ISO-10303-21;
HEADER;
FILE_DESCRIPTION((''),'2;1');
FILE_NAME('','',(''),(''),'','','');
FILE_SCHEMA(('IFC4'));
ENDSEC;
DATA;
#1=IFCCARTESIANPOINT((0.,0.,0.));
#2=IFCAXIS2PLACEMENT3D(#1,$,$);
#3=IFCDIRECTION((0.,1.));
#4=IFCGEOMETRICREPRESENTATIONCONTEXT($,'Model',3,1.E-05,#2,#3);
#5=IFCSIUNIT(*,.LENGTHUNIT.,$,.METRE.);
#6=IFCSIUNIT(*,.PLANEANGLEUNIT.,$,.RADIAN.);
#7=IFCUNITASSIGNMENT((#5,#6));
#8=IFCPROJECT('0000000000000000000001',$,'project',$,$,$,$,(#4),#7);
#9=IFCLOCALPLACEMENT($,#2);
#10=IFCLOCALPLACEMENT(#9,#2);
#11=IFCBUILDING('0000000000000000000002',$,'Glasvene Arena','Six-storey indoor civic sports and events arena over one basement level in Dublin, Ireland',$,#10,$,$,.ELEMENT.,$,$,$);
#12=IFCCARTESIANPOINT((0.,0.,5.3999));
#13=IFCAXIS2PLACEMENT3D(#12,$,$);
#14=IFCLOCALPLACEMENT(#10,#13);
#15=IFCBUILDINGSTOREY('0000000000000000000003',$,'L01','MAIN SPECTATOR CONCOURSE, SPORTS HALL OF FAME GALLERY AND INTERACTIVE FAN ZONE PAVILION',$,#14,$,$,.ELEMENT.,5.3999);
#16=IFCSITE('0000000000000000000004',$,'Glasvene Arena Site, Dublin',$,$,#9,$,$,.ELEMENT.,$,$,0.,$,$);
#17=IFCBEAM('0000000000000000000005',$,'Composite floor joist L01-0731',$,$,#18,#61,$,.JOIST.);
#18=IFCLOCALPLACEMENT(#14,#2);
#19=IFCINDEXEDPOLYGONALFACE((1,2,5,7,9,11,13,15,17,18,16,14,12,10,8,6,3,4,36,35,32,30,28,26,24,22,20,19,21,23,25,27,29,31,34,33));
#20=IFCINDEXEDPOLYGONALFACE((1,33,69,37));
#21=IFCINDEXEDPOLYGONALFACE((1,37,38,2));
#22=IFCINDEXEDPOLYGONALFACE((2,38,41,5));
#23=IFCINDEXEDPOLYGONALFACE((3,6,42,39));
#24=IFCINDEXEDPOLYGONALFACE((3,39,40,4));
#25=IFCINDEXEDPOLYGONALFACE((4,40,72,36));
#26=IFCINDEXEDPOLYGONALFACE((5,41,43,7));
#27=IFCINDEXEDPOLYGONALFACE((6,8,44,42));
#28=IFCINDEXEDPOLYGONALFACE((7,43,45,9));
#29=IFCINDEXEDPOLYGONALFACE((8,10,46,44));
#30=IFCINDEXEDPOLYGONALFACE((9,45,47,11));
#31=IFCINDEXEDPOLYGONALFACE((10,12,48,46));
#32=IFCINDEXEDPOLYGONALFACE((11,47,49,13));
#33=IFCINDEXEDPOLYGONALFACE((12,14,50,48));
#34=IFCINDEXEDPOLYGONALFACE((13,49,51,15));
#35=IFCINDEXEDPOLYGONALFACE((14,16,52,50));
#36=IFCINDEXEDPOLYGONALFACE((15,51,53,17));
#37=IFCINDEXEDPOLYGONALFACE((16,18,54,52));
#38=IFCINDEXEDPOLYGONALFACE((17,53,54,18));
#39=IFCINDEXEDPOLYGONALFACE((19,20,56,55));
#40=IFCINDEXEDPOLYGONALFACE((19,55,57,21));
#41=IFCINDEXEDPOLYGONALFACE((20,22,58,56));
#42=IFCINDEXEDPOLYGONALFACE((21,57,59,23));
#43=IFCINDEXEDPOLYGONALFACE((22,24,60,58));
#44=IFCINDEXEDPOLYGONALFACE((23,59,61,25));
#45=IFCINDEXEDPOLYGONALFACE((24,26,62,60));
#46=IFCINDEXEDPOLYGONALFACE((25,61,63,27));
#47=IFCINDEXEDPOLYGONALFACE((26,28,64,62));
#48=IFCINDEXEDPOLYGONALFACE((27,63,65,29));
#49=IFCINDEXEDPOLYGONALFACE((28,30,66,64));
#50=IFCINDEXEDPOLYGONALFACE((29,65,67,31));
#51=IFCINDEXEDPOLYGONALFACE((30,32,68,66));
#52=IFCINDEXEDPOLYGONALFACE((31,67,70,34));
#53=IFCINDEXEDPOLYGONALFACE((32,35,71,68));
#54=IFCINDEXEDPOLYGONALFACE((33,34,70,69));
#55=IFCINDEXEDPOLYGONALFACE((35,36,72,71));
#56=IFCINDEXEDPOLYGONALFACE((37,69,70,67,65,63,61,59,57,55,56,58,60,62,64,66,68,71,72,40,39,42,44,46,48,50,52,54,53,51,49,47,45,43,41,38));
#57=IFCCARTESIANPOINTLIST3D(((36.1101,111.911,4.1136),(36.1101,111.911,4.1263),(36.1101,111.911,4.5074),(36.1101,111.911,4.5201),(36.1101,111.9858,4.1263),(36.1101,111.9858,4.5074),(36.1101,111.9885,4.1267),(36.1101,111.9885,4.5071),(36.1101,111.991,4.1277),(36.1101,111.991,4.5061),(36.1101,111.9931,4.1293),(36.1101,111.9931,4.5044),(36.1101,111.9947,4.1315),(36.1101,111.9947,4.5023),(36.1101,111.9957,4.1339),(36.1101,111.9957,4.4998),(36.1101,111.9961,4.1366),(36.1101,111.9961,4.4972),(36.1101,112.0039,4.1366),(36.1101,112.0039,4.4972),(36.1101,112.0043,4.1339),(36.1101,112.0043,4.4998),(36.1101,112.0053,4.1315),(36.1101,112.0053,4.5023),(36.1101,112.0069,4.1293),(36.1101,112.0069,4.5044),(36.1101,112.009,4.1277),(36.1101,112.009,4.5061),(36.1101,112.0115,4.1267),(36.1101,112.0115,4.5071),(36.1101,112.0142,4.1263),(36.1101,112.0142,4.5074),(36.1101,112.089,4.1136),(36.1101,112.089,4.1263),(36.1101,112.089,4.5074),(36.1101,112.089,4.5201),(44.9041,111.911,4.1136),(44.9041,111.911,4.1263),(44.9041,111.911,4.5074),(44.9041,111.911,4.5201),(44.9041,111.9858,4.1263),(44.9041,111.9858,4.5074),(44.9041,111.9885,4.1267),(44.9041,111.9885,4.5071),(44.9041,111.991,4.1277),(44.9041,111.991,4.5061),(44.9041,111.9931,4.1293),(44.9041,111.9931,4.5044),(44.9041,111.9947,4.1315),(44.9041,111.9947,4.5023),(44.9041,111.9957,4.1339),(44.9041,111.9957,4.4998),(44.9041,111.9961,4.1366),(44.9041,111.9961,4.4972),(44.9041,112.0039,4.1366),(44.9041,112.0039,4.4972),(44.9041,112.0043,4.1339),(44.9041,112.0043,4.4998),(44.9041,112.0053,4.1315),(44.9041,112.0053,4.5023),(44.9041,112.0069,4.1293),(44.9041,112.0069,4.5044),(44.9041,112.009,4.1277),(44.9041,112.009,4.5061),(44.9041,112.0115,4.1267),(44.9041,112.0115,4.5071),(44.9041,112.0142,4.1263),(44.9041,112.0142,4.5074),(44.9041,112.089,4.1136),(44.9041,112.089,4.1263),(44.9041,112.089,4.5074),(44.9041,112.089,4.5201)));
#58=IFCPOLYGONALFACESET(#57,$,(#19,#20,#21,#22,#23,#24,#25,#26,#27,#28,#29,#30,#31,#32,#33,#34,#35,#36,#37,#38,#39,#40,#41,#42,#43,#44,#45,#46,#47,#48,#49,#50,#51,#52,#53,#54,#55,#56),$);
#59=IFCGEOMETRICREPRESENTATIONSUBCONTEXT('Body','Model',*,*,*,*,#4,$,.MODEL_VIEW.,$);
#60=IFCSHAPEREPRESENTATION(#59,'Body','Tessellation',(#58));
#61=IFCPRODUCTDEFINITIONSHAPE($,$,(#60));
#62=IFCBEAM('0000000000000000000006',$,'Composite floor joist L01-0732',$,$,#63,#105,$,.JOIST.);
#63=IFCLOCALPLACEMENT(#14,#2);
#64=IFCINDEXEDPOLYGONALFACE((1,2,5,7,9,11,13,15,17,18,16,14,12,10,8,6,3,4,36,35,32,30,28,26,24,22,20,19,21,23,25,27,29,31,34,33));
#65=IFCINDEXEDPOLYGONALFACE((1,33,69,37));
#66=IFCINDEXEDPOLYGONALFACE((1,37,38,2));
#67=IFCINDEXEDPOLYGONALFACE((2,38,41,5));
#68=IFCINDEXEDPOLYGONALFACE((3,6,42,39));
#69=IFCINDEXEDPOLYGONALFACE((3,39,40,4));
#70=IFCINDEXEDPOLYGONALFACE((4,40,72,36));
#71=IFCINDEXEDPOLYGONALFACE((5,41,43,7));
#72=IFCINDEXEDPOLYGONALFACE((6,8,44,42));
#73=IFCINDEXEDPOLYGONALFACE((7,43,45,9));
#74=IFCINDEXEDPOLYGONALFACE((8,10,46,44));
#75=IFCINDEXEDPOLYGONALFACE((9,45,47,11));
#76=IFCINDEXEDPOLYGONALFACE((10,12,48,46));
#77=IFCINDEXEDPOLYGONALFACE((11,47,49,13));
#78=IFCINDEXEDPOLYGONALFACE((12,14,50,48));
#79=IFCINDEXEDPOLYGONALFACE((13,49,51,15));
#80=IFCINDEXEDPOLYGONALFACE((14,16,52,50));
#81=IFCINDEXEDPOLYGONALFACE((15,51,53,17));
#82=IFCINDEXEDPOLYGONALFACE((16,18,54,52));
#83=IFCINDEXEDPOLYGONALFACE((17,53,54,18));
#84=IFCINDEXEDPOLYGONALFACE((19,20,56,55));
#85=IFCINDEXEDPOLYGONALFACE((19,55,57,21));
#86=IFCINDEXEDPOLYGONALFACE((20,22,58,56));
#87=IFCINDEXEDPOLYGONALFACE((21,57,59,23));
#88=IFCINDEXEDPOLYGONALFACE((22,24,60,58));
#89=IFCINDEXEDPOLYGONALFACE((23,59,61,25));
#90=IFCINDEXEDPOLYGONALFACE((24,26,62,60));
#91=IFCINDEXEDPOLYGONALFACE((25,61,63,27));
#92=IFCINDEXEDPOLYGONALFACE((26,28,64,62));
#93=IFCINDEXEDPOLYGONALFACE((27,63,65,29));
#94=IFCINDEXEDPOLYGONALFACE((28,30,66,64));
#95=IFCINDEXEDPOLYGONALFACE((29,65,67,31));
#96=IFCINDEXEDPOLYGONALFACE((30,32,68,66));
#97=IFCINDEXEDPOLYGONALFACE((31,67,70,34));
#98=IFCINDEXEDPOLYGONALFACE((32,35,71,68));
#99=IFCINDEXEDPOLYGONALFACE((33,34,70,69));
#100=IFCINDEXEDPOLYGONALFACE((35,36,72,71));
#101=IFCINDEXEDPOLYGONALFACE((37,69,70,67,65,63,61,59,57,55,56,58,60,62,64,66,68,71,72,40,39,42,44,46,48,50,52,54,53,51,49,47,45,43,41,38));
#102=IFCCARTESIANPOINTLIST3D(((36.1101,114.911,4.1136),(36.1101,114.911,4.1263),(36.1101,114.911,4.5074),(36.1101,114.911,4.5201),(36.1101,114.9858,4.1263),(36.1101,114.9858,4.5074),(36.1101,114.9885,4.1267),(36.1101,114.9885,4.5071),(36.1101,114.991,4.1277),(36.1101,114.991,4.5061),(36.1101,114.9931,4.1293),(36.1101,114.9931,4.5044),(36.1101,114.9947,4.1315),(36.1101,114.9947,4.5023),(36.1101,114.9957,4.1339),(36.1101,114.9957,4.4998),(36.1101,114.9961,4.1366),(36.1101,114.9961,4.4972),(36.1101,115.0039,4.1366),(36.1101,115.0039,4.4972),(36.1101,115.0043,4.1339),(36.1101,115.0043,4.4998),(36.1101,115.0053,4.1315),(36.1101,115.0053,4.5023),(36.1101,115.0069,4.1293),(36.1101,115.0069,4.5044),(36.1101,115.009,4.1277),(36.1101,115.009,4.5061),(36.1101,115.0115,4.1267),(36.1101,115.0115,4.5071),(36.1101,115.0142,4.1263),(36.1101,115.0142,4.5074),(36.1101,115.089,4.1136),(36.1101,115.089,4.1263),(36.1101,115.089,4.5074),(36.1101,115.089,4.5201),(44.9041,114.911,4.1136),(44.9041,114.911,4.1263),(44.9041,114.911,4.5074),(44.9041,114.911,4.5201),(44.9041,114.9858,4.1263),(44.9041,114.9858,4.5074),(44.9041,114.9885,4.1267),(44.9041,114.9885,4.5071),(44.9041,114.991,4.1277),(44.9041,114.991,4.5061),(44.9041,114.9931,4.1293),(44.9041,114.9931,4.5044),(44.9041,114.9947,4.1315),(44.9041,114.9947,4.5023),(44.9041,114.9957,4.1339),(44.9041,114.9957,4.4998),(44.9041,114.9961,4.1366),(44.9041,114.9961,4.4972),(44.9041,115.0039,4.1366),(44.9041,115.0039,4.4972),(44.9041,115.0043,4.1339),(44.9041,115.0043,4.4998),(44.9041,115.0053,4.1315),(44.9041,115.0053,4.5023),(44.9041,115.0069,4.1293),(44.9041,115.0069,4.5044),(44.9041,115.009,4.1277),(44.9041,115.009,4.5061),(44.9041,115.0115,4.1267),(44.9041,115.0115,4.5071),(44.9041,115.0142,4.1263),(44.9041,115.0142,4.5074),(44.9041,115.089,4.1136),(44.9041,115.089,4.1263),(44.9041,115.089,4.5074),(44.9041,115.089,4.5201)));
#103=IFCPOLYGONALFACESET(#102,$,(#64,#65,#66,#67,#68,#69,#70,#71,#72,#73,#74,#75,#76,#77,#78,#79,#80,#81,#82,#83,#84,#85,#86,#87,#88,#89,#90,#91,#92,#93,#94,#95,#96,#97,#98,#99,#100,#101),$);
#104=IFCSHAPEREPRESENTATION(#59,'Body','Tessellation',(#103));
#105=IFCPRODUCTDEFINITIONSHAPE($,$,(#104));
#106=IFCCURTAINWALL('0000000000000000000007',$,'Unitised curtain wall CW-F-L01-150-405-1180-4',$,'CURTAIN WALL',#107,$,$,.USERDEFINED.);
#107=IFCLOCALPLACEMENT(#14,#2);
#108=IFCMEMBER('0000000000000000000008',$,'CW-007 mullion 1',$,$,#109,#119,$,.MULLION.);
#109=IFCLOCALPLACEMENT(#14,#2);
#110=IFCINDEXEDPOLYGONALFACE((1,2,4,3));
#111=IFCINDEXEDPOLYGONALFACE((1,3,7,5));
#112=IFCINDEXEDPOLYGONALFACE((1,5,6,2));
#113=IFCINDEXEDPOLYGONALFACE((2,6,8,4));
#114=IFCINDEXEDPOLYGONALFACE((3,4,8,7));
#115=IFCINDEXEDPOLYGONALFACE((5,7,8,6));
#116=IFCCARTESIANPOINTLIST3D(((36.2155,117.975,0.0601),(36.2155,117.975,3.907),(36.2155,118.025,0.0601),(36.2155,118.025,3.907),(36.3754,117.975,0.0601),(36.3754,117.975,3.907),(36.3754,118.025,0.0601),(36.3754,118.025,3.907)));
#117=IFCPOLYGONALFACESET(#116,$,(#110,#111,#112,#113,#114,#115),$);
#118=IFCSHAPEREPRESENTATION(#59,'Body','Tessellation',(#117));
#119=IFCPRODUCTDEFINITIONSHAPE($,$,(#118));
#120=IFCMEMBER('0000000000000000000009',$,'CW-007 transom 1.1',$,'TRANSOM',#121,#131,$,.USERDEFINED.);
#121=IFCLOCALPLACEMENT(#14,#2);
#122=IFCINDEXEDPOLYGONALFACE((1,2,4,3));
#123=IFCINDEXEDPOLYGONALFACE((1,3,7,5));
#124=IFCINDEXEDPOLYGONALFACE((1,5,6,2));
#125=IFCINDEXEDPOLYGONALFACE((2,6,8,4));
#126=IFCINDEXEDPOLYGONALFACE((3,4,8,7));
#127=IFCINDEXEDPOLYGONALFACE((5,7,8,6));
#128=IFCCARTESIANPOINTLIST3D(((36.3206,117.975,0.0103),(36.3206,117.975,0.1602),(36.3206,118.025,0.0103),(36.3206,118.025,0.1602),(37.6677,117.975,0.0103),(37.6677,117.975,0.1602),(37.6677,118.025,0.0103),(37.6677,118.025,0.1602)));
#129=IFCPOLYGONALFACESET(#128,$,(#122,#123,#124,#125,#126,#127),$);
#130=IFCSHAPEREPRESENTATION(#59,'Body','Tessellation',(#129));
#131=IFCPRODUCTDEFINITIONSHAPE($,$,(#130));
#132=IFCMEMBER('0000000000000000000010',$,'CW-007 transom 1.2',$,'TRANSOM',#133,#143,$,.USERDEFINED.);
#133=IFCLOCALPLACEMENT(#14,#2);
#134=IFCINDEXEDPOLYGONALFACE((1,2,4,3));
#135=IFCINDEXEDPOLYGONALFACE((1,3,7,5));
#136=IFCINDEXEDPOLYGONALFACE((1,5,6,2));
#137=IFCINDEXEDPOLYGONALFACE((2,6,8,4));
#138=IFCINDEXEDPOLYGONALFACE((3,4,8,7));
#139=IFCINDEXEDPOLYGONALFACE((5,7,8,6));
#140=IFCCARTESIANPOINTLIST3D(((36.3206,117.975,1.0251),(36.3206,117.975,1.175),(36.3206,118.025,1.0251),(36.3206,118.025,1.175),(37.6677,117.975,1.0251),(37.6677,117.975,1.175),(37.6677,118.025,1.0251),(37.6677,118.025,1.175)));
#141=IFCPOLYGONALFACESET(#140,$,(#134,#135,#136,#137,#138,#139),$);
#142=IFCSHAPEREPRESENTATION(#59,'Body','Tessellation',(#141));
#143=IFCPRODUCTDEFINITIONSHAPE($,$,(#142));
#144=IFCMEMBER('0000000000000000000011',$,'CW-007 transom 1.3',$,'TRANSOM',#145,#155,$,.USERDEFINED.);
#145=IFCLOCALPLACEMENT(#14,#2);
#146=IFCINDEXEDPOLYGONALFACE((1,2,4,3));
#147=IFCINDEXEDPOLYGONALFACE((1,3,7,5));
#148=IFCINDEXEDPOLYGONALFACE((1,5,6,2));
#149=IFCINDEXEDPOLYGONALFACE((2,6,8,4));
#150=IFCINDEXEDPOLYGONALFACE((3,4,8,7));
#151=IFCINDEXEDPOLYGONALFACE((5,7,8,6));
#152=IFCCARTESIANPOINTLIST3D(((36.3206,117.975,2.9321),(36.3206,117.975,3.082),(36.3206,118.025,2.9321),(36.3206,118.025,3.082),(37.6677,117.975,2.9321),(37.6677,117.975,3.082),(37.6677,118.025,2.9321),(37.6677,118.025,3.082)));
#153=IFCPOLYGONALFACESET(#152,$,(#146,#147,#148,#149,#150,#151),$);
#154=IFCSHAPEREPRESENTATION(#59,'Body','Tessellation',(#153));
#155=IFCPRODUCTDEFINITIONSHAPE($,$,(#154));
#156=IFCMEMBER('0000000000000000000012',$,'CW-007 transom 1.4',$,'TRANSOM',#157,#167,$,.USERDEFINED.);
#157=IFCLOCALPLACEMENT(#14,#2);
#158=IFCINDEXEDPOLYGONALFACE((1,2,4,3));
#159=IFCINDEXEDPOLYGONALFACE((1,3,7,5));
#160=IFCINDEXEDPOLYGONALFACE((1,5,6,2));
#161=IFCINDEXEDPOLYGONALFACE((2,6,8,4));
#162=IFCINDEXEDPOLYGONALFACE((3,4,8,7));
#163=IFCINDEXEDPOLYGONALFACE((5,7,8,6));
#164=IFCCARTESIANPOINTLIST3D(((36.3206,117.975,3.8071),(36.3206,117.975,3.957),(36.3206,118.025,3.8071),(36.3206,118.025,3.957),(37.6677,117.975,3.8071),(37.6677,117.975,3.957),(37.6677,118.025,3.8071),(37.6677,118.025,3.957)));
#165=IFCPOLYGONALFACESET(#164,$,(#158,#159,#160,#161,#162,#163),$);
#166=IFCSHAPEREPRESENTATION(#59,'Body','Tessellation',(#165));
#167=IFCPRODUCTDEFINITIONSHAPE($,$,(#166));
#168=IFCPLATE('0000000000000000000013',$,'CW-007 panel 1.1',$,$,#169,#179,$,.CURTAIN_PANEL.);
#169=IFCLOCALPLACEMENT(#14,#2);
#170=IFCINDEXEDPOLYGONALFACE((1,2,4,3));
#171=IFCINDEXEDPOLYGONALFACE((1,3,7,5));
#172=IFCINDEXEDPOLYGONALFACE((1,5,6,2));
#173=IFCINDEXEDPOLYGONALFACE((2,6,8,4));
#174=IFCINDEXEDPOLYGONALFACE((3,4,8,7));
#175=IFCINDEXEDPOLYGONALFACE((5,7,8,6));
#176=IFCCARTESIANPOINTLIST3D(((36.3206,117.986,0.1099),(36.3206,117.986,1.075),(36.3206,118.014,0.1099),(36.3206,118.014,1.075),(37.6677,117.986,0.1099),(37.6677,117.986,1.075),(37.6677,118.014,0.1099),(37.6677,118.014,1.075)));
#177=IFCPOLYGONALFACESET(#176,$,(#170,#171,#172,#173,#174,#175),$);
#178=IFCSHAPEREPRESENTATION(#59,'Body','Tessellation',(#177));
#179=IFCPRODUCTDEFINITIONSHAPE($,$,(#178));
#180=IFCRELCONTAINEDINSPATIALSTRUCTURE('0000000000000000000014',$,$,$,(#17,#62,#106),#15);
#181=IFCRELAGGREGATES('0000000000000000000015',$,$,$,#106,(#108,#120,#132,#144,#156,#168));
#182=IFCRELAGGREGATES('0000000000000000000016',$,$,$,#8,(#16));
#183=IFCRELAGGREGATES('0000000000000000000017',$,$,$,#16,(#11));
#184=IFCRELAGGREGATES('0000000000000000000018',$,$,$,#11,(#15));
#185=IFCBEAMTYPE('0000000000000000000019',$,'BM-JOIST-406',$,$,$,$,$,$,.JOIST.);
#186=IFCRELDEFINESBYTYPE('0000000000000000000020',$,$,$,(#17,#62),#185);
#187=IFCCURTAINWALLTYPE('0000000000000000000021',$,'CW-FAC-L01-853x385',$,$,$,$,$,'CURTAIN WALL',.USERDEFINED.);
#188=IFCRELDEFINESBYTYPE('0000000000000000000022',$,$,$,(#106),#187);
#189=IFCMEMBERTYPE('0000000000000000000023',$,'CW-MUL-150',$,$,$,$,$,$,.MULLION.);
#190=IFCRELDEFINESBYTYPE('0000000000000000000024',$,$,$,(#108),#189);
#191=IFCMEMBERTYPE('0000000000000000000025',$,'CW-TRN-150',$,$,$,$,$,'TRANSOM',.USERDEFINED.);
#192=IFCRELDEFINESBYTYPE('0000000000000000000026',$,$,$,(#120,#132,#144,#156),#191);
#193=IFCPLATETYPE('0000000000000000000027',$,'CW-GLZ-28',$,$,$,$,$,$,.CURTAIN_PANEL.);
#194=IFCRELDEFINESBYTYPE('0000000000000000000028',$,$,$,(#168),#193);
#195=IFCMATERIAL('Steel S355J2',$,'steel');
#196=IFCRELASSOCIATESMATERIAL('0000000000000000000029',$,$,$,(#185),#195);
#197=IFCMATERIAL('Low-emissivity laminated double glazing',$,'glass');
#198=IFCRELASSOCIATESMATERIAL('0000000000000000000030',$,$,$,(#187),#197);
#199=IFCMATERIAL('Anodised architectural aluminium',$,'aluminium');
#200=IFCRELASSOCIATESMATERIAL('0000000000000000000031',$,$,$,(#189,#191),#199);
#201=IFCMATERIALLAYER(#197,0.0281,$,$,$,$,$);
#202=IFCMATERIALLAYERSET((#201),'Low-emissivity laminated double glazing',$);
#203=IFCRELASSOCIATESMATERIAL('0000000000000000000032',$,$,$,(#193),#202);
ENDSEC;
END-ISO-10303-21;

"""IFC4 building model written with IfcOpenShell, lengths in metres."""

from ifc_helpers import new_model, si_unit, direction, frame, origin, origin_2d, place, context, subcontext, project, spatial, rectangle, i_section, extrude, material, layer, layer_set, material_profile, profile_set, type_object, element, aggregate, save


model = new_model("IFC4")

# Units and contexts
model_context = context("Model", 3, precision=1e-05, world=origin(), true_north=direction((0.0, 1.0)))
body_context = subcontext(model_context, "Body", "Model", "MODEL_VIEW")
ifc_project = project(units=[si_unit("LENGTHUNIT", "METRE"), si_unit("PLANEANGLEUNIT", "RADIAN")], contexts=[model_context])

# Site, building, storey
site_placement = place(None, origin())
site = spatial("IfcSite", under=ifc_project, at=site_placement, Name="Glasvene Arena Site, Dublin", CompositionType="ELEMENT", RefElevation=0.0)
building_placement = place(site_placement, origin())
building = spatial("IfcBuilding", under=site, at=building_placement, Name="Glasvene Arena", Description="Six-storey indoor civic sports and events arena over one basement level in Dublin, Ireland", CompositionType="ELEMENT")
storey_placement = place(building_placement, frame((0.0, 0.0, 5.3999)))
storey = spatial("IfcBuildingStorey", under=building, at=storey_placement, Name="L01", Description="MAIN SPECTATOR CONCOURSE, SPORTS HALL OF FAME GALLERY AND INTERACTIVE FAN ZONE PAVILION", CompositionType="ELEMENT", Elevation=5.3999)

# Shared definitions
ifc_material_1 = material(Name="Steel S355J2", Category="steel")

# Beams
ifc_material_profile_1 = material_profile(ifc_material_1, i_section(OverallWidth=0.178, OverallDepth=0.4065, WebThickness=0.0078, FlangeThickness=0.0127, FilletRadius=0.0103, at=origin_2d()), Name="UKB 406x178x60")
ifc_profile_set_1 = profile_set([ifc_material_profile_1], Name="Steel S355J2")
beam_type_1 = type_object("IfcBeamType", Name="BM-JOIST-406", PredefinedType="JOIST", material=ifc_profile_set_1)
for number, where, z_axis, x_axis, name in (
    (1, (36.1101, 112.0, 4.3169), (1.0, 0.0, 0.0), (0.0, 1.0, 0.0), "Composite floor joist L01-0731"),
    (2, (36.1101, 115.0, 4.3169), (1.0, 0.0, 0.0), (0.0, 1.0, 0.0), "Composite floor joist L01-0732"),
):
    element("IfcBeam", number, at=place(storey_placement, frame(where, z_axis=z_axis, x_axis=x_axis)), inside=storey, type_object=beam_type_1, Name=name, PredefinedType="JOIST", context=body_context, shape_type="SweptSolid", body=[
        extrude(i_section(OverallWidth=0.178, OverallDepth=0.4065, WebThickness=0.0078, FlangeThickness=0.0127, FilletRadius=0.0103, at=origin_2d()), origin(), (0.0, 0.0, 1.0), 8.7939),
    ])

# Curtain wall, members, plate
ifc_material_2 = material(Name="Low-emissivity laminated double glazing", Category="glass")
curtain_wall_type = type_object("IfcCurtainWallType", Name="CW-FAC-L01-853x385", ElementType="CURTAIN WALL", PredefinedType="USERDEFINED", material=ifc_material_2)
curtain_wall_placement = place(storey_placement, frame((36.2705, 118.0, 0.0)))
curtain_wall = element("IfcCurtainWall", 3, at=curtain_wall_placement, inside=storey, type_object=curtain_wall_type, Name="Unitised curtain wall CW-F-L01-150-405-1180-4", ObjectType="CURTAIN WALL", PredefinedType="USERDEFINED")
ifc_material_3 = material(Name="Anodised architectural aluminium", Category="aluminium")
ifc_material_profile_2 = material_profile(ifc_material_3, rectangle(XDim=0.05, YDim=0.1599, at=origin_2d()), Name="ALU MULLION 50x160")
ifc_profile_set_2 = profile_set([ifc_material_profile_2], Name="Anodised architectural aluminium")
member_type_1 = type_object("IfcMemberType", Name="CW-MUL-150", PredefinedType="MULLION", material=ifc_profile_set_2)
member_1_placement = place(storey_placement, frame((36.2954, 118.0, 0.0601), z_axis=(0.0, 0.0, 1.0), x_axis=(0.0, 1.0, 0.0)))
member_1 = element("IfcMember", 4, at=member_1_placement, type_object=member_type_1, Name="CW-007 mullion 1", PredefinedType="MULLION", context=body_context, shape_type="SweptSolid", body=[
    extrude(rectangle(XDim=0.05, YDim=0.1599, at=origin_2d()), origin(), (0.0, 0.0, 1.0), 3.8469),
])
ifc_material_profile_3 = material_profile(ifc_material_3, rectangle(XDim=0.05, YDim=0.1499, at=origin_2d()), Name="ALU TRANSOM 50x150")
ifc_profile_set_3 = profile_set([ifc_material_profile_3], Name="Anodised architectural aluminium")
member_type_2 = type_object("IfcMemberType", Name="CW-TRN-150", ElementType="TRANSOM", PredefinedType="USERDEFINED", material=ifc_profile_set_3)
member_2_placement = place(storey_placement, frame((36.3206, 118.0, 0.0852), z_axis=(1.0, 0.0, 0.0), x_axis=(0.0, 1.0, 0.0)))
member_2 = element("IfcMember", 5, at=member_2_placement, type_object=member_type_2, Name="CW-007 transom 1.1", ObjectType="TRANSOM", PredefinedType="USERDEFINED", context=body_context, shape_type="SweptSolid", body=[
    extrude(rectangle(XDim=0.05, YDim=0.1499, at=origin_2d()), origin(), (0.0, 0.0, 1.0), 1.3472),
])
member_3_placement = place(storey_placement, frame((36.3206, 118.0, 1.1001), z_axis=(1.0, 0.0, 0.0), x_axis=(0.0, 1.0, 0.0)))
member_3 = element("IfcMember", 6, at=member_3_placement, type_object=member_type_2, Name="CW-007 transom 1.2", ObjectType="TRANSOM", PredefinedType="USERDEFINED", context=body_context, shape_type="SweptSolid", body=[
    extrude(rectangle(XDim=0.05, YDim=0.1499, at=origin_2d()), origin(), (0.0, 0.0, 1.0), 1.3472),
])
member_4_placement = place(storey_placement, frame((36.3206, 118.0, 3.0071), z_axis=(1.0, 0.0, 0.0), x_axis=(0.0, 1.0, 0.0)))
member_4 = element("IfcMember", 7, at=member_4_placement, type_object=member_type_2, Name="CW-007 transom 1.3", ObjectType="TRANSOM", PredefinedType="USERDEFINED", context=body_context, shape_type="SweptSolid", body=[
    extrude(rectangle(XDim=0.05, YDim=0.1499, at=origin_2d()), origin(), (0.0, 0.0, 1.0), 1.3472),
])
member_5_placement = place(storey_placement, frame((36.3206, 118.0, 3.8821), z_axis=(1.0, 0.0, 0.0), x_axis=(0.0, 1.0, 0.0)))
member_5 = element("IfcMember", 8, at=member_5_placement, type_object=member_type_2, Name="CW-007 transom 1.4", ObjectType="TRANSOM", PredefinedType="USERDEFINED", context=body_context, shape_type="SweptSolid", body=[
    extrude(rectangle(XDim=0.05, YDim=0.1499, at=origin_2d()), origin(), (0.0, 0.0, 1.0), 1.3472),
])
ifc_layer_1 = layer(ifc_material_2, 0.0281)
ifc_layer_set_1 = layer_set([ifc_layer_1], Name="Low-emissivity laminated double glazing")
plate_type = type_object("IfcPlateType", Name="CW-GLZ-28", PredefinedType="CURTAIN_PANEL", material=ifc_layer_set_1)
plate_placement = place(storey_placement, frame((36.9941, 118.0, 0.1099), z_axis=(0.0, 0.0, 1.0), x_axis=(1.0, 0.0, 0.0)))
plate = element("IfcPlate", 9, at=plate_placement, type_object=plate_type, Name="CW-007 panel 1.1", PredefinedType="CURTAIN_PANEL", context=body_context, shape_type="SweptSolid", body=[
    extrude(rectangle(XDim=1.3472, YDim=0.0281, at=origin_2d()), origin(), (0.0, 0.0, 1.0), 0.9651),
])
aggregate(curtain_wall, [member_1, member_2, member_3, member_4, member_5, plate])

save(model, "model.ifc")
